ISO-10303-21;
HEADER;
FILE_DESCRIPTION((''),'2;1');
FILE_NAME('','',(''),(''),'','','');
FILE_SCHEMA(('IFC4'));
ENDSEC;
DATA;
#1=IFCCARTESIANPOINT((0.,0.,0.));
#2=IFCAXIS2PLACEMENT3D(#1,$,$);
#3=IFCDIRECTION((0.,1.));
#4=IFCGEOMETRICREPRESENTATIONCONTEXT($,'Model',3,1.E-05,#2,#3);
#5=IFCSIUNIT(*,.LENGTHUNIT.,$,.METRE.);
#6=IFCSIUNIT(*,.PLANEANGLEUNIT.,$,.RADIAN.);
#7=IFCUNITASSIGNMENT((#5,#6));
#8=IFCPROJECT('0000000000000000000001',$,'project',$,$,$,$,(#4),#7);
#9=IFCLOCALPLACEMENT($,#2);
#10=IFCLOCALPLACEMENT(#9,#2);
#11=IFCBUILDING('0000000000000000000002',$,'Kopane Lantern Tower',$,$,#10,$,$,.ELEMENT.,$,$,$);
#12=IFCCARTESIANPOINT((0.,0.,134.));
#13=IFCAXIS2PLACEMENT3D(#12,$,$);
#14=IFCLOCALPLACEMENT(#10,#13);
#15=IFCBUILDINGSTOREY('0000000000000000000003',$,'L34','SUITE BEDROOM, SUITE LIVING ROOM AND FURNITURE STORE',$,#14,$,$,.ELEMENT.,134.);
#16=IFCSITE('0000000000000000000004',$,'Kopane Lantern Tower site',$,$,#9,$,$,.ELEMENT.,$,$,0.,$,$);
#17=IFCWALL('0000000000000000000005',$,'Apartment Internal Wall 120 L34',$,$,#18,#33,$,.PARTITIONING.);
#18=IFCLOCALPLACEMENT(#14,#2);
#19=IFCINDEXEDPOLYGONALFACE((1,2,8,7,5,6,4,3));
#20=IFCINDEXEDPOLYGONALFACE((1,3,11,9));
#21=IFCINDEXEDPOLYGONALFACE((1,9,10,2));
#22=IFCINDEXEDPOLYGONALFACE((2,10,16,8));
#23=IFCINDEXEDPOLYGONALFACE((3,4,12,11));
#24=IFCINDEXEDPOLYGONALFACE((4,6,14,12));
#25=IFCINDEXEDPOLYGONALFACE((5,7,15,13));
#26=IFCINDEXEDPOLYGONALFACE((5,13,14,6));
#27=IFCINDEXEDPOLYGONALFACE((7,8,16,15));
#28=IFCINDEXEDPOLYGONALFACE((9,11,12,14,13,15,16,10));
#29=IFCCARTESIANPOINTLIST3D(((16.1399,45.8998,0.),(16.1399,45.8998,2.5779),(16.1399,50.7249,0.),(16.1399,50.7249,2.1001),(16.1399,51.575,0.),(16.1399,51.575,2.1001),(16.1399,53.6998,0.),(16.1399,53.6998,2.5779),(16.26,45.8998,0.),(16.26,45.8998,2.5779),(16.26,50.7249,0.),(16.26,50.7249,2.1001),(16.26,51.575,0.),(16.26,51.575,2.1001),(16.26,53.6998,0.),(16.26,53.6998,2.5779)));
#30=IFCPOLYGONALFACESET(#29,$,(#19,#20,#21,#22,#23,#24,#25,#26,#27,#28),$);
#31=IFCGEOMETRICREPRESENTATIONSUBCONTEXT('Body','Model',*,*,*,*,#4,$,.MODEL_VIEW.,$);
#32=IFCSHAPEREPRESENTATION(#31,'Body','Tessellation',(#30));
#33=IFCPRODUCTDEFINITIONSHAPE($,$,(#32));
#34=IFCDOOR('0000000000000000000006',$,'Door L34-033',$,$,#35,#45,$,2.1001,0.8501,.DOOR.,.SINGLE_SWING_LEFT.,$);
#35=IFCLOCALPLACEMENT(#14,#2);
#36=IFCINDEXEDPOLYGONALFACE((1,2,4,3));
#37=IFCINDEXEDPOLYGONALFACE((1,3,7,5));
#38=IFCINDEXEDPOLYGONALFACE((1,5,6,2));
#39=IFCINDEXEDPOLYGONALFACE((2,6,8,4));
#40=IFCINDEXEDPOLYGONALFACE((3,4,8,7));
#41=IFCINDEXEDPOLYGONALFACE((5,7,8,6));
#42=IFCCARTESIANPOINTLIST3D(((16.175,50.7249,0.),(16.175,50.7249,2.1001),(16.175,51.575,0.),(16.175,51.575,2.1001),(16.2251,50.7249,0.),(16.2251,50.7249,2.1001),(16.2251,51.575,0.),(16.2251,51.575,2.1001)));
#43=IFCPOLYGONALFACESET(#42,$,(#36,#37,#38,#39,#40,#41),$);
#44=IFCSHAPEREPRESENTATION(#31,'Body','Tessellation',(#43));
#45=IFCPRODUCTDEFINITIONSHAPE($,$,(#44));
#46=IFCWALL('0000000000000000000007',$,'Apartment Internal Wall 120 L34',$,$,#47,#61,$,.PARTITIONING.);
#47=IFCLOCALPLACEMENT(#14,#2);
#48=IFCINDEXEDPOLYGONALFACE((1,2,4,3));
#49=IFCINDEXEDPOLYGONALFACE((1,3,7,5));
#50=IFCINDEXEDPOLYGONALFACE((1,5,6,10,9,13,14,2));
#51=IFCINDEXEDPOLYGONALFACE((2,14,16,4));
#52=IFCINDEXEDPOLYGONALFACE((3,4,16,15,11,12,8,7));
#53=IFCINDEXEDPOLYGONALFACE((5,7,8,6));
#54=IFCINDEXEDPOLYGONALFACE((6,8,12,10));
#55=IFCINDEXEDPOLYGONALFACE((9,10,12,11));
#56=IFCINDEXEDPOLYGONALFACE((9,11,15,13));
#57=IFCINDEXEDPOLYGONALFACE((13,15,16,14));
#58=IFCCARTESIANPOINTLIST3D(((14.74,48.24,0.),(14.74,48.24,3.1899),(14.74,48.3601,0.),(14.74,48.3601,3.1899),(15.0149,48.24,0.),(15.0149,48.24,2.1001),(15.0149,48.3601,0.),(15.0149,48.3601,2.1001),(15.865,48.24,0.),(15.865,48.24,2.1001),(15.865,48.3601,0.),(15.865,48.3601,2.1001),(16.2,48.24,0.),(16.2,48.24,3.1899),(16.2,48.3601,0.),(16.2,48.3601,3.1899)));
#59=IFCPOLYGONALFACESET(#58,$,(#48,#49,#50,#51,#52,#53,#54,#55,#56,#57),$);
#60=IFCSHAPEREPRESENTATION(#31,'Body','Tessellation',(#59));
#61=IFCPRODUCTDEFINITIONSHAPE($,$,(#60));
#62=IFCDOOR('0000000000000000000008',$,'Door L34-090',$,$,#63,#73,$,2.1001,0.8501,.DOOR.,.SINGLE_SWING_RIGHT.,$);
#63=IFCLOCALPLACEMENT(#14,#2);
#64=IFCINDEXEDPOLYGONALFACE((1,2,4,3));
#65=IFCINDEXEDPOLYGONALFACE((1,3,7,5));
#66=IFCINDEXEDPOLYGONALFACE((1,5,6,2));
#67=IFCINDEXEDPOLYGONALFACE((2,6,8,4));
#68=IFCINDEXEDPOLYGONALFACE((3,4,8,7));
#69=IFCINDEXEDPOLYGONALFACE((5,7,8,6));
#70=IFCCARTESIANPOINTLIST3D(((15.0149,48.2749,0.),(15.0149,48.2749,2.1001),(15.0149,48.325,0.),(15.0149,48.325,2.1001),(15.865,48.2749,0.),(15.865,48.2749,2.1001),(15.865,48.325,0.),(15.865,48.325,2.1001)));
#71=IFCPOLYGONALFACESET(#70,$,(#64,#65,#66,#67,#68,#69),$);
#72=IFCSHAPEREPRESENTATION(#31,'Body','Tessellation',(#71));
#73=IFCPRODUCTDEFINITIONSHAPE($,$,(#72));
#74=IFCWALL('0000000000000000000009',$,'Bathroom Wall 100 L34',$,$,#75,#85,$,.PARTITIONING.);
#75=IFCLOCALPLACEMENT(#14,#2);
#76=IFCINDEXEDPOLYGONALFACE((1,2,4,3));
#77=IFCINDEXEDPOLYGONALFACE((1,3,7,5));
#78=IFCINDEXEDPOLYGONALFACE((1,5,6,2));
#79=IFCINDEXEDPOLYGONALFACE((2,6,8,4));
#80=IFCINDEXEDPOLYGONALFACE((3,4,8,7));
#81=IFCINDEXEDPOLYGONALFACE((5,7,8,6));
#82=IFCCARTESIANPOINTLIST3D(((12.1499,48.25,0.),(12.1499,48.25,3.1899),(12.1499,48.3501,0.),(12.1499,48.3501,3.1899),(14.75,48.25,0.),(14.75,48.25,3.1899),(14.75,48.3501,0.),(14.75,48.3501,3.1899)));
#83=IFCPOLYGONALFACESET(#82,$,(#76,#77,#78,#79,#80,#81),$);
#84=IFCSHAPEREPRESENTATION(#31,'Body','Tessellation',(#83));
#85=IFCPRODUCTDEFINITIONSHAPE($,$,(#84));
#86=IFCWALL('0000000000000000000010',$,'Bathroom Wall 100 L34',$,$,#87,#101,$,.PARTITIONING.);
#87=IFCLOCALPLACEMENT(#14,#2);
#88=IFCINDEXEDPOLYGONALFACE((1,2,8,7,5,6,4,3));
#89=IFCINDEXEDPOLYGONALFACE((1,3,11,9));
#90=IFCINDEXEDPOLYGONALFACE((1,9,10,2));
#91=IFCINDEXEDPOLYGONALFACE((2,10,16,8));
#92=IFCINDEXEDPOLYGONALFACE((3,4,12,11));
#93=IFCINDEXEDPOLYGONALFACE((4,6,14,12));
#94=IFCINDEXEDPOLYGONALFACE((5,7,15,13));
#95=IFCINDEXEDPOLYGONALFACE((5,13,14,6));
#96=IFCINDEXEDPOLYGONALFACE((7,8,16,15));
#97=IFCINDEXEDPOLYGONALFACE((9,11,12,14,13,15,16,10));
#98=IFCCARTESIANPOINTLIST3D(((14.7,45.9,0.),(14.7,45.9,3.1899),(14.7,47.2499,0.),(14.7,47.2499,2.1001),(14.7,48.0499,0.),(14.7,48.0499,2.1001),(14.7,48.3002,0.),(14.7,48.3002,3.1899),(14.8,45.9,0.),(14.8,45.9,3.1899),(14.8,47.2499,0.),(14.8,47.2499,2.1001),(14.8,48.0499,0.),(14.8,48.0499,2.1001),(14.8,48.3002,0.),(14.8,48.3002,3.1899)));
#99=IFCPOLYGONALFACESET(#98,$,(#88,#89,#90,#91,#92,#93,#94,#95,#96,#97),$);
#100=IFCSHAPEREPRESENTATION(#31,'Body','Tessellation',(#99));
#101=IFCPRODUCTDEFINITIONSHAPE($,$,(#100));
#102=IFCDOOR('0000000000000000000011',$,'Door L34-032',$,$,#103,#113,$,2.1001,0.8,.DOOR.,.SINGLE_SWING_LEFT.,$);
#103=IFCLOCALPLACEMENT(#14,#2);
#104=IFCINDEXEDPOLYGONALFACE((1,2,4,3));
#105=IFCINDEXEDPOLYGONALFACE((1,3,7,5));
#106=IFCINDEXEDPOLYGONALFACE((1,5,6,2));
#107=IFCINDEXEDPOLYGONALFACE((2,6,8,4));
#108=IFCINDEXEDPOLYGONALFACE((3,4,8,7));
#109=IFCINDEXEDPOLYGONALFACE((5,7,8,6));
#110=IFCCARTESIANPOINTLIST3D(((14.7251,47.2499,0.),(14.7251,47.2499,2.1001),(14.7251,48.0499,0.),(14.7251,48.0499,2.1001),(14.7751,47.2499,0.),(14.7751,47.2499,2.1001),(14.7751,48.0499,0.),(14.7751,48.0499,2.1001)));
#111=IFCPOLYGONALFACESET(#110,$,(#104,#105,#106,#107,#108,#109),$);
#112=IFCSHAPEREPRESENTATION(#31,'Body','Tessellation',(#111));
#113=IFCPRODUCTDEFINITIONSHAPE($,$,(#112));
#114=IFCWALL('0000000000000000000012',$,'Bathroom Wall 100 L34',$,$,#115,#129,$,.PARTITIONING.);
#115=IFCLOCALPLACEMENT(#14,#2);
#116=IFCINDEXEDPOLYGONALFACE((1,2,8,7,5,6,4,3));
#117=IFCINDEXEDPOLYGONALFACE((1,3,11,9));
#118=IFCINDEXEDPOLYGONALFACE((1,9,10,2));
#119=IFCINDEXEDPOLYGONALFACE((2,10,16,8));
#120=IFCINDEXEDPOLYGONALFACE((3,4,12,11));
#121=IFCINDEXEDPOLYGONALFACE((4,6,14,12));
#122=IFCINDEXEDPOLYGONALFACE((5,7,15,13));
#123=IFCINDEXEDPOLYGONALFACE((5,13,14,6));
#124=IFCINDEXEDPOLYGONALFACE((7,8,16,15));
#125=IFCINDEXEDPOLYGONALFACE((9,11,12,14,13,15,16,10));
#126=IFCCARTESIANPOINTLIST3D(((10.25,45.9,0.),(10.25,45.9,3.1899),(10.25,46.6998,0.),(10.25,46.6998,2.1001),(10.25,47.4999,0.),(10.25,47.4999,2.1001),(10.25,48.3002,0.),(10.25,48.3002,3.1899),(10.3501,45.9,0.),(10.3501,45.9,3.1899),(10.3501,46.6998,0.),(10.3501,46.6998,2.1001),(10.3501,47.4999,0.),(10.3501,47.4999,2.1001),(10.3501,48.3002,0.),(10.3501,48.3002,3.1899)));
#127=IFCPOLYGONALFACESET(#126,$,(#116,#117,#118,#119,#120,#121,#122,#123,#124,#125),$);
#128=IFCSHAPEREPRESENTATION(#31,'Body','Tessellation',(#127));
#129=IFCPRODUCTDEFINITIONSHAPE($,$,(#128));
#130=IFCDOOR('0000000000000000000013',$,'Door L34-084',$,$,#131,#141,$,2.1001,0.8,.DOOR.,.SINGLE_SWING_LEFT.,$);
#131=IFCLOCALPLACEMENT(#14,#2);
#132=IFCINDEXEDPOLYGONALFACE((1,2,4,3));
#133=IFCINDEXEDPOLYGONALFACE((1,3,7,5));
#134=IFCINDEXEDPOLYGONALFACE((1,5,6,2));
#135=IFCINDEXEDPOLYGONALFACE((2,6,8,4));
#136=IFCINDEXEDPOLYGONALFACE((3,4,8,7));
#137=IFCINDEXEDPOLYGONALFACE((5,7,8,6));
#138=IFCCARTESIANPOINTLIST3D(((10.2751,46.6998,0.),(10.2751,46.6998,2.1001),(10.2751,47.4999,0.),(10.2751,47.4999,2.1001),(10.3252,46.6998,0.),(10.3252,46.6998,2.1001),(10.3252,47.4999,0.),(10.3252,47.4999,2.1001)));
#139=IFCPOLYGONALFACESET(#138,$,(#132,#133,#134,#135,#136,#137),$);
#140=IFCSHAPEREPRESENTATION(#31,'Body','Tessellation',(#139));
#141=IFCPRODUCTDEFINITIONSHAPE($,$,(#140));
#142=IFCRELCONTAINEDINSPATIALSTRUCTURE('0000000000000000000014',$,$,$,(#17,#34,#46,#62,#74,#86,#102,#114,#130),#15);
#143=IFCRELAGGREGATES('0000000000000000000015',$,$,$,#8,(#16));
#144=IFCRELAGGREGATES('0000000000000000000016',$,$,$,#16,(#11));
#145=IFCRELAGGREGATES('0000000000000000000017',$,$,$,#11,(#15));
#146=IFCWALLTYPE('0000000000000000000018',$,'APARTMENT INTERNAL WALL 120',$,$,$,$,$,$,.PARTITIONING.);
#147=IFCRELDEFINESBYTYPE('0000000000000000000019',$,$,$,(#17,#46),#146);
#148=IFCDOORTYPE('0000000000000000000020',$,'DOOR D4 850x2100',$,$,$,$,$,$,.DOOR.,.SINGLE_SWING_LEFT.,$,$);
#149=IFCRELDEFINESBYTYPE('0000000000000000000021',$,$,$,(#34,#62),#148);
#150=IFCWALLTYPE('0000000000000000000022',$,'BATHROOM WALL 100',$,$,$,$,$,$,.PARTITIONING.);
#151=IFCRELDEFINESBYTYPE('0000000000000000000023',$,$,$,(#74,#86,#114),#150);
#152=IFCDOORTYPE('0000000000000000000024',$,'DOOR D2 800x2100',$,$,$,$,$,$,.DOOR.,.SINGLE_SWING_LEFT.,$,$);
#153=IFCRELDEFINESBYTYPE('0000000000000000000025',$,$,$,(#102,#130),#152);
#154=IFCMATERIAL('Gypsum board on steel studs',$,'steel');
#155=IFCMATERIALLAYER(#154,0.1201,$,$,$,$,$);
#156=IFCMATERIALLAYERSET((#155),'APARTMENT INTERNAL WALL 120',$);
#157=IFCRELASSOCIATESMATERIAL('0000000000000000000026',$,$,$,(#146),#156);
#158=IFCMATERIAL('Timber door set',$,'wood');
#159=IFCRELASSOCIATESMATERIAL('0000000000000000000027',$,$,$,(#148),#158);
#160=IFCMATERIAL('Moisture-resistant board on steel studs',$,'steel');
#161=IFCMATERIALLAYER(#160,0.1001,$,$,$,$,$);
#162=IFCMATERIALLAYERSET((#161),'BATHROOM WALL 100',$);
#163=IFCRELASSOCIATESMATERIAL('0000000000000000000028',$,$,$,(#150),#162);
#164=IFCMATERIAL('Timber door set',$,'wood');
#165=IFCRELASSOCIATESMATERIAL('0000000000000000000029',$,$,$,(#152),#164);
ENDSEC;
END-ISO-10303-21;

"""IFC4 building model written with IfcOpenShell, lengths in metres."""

from ifc_helpers import new_model, si_unit, direction, frame, frame_2d, origin, place, context, subcontext, project, spatial, rectangle, extrude, material, layer, layer_set, type_object, element, fill, save


model = new_model("IFC4")

# Units and contexts
model_context = context("Model", 3, precision=1e-05, world=origin(), true_north=direction((0.0, 1.0)))
body_context = subcontext(model_context, "Body", "Model", "MODEL_VIEW")
ifc_project = project(units=[si_unit("LENGTHUNIT", "METRE"), si_unit("PLANEANGLEUNIT", "RADIAN")], contexts=[model_context])

# Site, building, storey
site_placement = place(None, origin())
site = spatial("IfcSite", under=ifc_project, at=site_placement, Name="Kopane Lantern Tower site", CompositionType="ELEMENT", RefElevation=0.0)
building_placement = place(site_placement, origin())
building = spatial("IfcBuilding", under=site, at=building_placement, Name="Kopane Lantern Tower", CompositionType="ELEMENT")
storey_placement = place(building_placement, frame((0.0, 0.0, 134.0)))
storey = spatial("IfcBuildingStorey", under=building, at=storey_placement, Name="L34", Description="SUITE BEDROOM, SUITE LIVING ROOM AND FURNITURE STORE", CompositionType="ELEMENT", Elevation=134.0)

# Walls, openings, doors
ifc_material_1 = material(Name="Gypsum board on steel studs", Category="steel")
ifc_layer_1 = layer(ifc_material_1, 0.1201)
ifc_layer_set_1 = layer_set([ifc_layer_1], Name="APARTMENT INTERNAL WALL 120")
wall_type_1 = type_object("IfcWallType", Name="APARTMENT INTERNAL WALL 120", PredefinedType="PARTITIONING", material=ifc_layer_set_1)
wall_1_placement = place(storey_placement, frame((16.2, 45.8999, 0.0), z_axis=(0.0, 0.0, 1.0), x_axis=(0.0, 1.0, 0.0)))
wall_1 = element("IfcWall", 1, at=wall_1_placement, inside=storey, type_object=wall_type_1, Name="Apartment Internal Wall 120 L34", PredefinedType="PARTITIONING", context=body_context, shape_type="SweptSolid", body=[
    extrude(rectangle(XDim=7.8, YDim=0.1201, at=frame_2d((3.8999, 0.0))), origin(), (0.0, 0.0, 1.0), 2.5779),
])
opening_1_placement = place(wall_1_placement, frame((4.825, 0.0, 0.0)))
opening_1 = element("IfcOpeningElement", 2, at=opening_1_placement, cuts=wall_1, PredefinedType="OPENING", context=body_context, shape_type="SweptSolid", body=[
    extrude(rectangle(XDim=0.8501, YDim=2.1001, at=frame_2d((0.425, 1.05))), frame((0.0, 0.0701, 0.0), z_axis=(0.0, -1.0, 0.0), x_axis=(1.0, 0.0, 0.0)), (0.0, 0.0, 1.0), 0.1401),
])
ifc_material_2 = material(Name="Timber door set", Category="wood")
door_type_1 = type_object("IfcDoorType", Name="DOOR D4 850x2100", OperationType="SINGLE_SWING_LEFT", PredefinedType="DOOR", material=ifc_material_2)
door_1_placement = place(opening_1_placement, origin())
door_1 = element("IfcDoor", 3, at=door_1_placement, inside=storey, type_object=door_type_1, Name="Door L34-033", OperationType="SINGLE_SWING_LEFT", OverallHeight=2.1001, OverallWidth=0.8501, PredefinedType="DOOR", context=body_context, shape_type="SweptSolid", body=[
    extrude(rectangle(XDim=0.8501, YDim=2.1001, at=frame_2d((0.425, 1.05))), frame((0.0, 0.0249, 0.0), z_axis=(0.0, -1.0, 0.0), x_axis=(1.0, 0.0, 0.0)), (0.0, 0.0, 1.0), 0.05),
])
fill(opening_1, door_1)
wall_2_placement = place(storey_placement, frame((14.74, 48.3, 0.0), z_axis=(0.0, 0.0, 1.0), x_axis=(1.0, 0.0, 0.0)))
wall_2 = element("IfcWall", 4, at=wall_2_placement, inside=storey, type_object=wall_type_1, Name="Apartment Internal Wall 120 L34", PredefinedType="PARTITIONING", context=body_context, shape_type="SweptSolid", body=[
    extrude(rectangle(XDim=1.46, YDim=0.1201, at=frame_2d((0.73, 0.0))), origin(), (0.0, 0.0, 1.0), 3.1899),
])
opening_2_placement = place(wall_2_placement, frame((0.2749, 0.0, 0.0)))
opening_2 = element("IfcOpeningElement", 5, at=opening_2_placement, cuts=wall_2, PredefinedType="OPENING", context=body_context, shape_type="SweptSolid", body=[
    extrude(rectangle(XDim=0.8501, YDim=2.1001, at=frame_2d((0.425, 1.05))), frame((0.0, 0.0701, 0.0), z_axis=(0.0, -1.0, 0.0), x_axis=(1.0, 0.0, 0.0)), (0.0, 0.0, 1.0), 0.1401),
])
door_2_placement = place(opening_2_placement, origin())
door_2 = element("IfcDoor", 6, at=door_2_placement, inside=storey, type_object=door_type_1, Name="Door L34-090", OperationType="SINGLE_SWING_RIGHT", OverallHeight=2.1001, OverallWidth=0.8501, PredefinedType="DOOR", context=body_context, shape_type="SweptSolid", body=[
    extrude(rectangle(XDim=0.8501, YDim=2.1001, at=frame_2d((0.425, 1.05))), frame((0.0, 0.0249, 0.0), z_axis=(0.0, -1.0, 0.0), x_axis=(1.0, 0.0, 0.0)), (0.0, 0.0, 1.0), 0.05),
])
fill(opening_2, door_2)

# Wall
ifc_material_3 = material(Name="Moisture-resistant board on steel studs", Category="steel")
ifc_layer_2 = layer(ifc_material_3, 0.1001)
ifc_layer_set_2 = layer_set([ifc_layer_2], Name="BATHROOM WALL 100")
wall_type_2 = type_object("IfcWallType", Name="BATHROOM WALL 100", PredefinedType="PARTITIONING", material=ifc_layer_set_2)
wall_3_placement = place(storey_placement, frame((12.1499, 48.3, 0.0), z_axis=(0.0, 0.0, 1.0), x_axis=(1.0, 0.0, 0.0)))
element("IfcWall", 7, at=wall_3_placement, inside=storey, type_object=wall_type_2, Name="Bathroom Wall 100 L34", PredefinedType="PARTITIONING", context=body_context, shape_type="SweptSolid", body=[
    extrude(rectangle(XDim=2.6001, YDim=0.1001, at=frame_2d((1.3, 0.0))), origin(), (0.0, 0.0, 1.0), 3.1899),
])

# Walls, openings, doors
wall_4_placement = place(storey_placement, frame((14.75, 45.8999, 0.0), z_axis=(0.0, 0.0, 1.0), x_axis=(0.0, 1.0, 0.0)))
wall_4 = element("IfcWall", 8, at=wall_4_placement, inside=storey, type_object=wall_type_2, Name="Bathroom Wall 100 L34", PredefinedType="PARTITIONING", context=body_context, shape_type="SweptSolid", body=[
    extrude(rectangle(XDim=2.4001, YDim=0.1001, at=frame_2d((1.2002, 0.0))), origin(), (0.0, 0.0, 1.0), 3.1899),
])
opening_3_placement = place(wall_4_placement, frame((1.3501, 0.0, 0.0)))
opening_3 = element("IfcOpeningElement", 9, at=opening_3_placement, cuts=wall_4, PredefinedType="OPENING", context=body_context, shape_type="SweptSolid", body=[
    extrude(rectangle(XDim=0.8, YDim=2.1001, at=frame_2d((0.3999, 1.05))), frame((0.0, 0.0601, 0.0), z_axis=(0.0, -1.0, 0.0), x_axis=(1.0, 0.0, 0.0)), (0.0, 0.0, 1.0), 0.1201),
])
ifc_material_4 = material(Name="Timber door set", Category="wood")
door_type_2 = type_object("IfcDoorType", Name="DOOR D2 800x2100", OperationType="SINGLE_SWING_LEFT", PredefinedType="DOOR", material=ifc_material_4)
door_3_placement = place(opening_3_placement, origin())
door_3 = element("IfcDoor", 10, at=door_3_placement, inside=storey, type_object=door_type_2, Name="Door L34-032", OperationType="SINGLE_SWING_LEFT", OverallHeight=2.1001, OverallWidth=0.8, PredefinedType="DOOR", context=body_context, shape_type="SweptSolid", body=[
    extrude(rectangle(XDim=0.8, YDim=2.1001, at=frame_2d((0.3999, 1.05))), frame((0.0, 0.0249, 0.0), z_axis=(0.0, -1.0, 0.0), x_axis=(1.0, 0.0, 0.0)), (0.0, 0.0, 1.0), 0.05),
])
fill(opening_3, door_3)
wall_5_placement = place(storey_placement, frame((10.3, 45.8999, 0.0), z_axis=(0.0, 0.0, 1.0), x_axis=(0.0, 1.0, 0.0)))
wall_5 = element("IfcWall", 11, at=wall_5_placement, inside=storey, type_object=wall_type_2, Name="Bathroom Wall 100 L34", PredefinedType="PARTITIONING", context=body_context, shape_type="SweptSolid", body=[
    extrude(rectangle(XDim=2.4001, YDim=0.1001, at=frame_2d((1.2002, 0.0))), origin(), (0.0, 0.0, 1.0), 3.1899),
])
opening_4_placement = place(wall_5_placement, frame((0.8, 0.0, 0.0)))
opening_4 = element("IfcOpeningElement", 12, at=opening_4_placement, cuts=wall_5, PredefinedType="OPENING", context=body_context, shape_type="SweptSolid", body=[
    extrude(rectangle(XDim=0.8, YDim=2.1001, at=frame_2d((0.3999, 1.05))), frame((0.0, 0.0601, 0.0), z_axis=(0.0, -1.0, 0.0), x_axis=(1.0, 0.0, 0.0)), (0.0, 0.0, 1.0), 0.1201),
])
door_4_placement = place(opening_4_placement, origin())
door_4 = element("IfcDoor", 13, at=door_4_placement, inside=storey, type_object=door_type_2, Name="Door L34-084", OperationType="SINGLE_SWING_LEFT", OverallHeight=2.1001, OverallWidth=0.8, PredefinedType="DOOR", context=body_context, shape_type="SweptSolid", body=[
    extrude(rectangle(XDim=0.8, YDim=2.1001, at=frame_2d((0.3999, 1.05))), frame((0.0, 0.0249, 0.0), z_axis=(0.0, -1.0, 0.0), x_axis=(1.0, 0.0, 0.0)), (0.0, 0.0, 1.0), 0.05),
])
fill(opening_4, door_4)

save(model, "model.ifc")
